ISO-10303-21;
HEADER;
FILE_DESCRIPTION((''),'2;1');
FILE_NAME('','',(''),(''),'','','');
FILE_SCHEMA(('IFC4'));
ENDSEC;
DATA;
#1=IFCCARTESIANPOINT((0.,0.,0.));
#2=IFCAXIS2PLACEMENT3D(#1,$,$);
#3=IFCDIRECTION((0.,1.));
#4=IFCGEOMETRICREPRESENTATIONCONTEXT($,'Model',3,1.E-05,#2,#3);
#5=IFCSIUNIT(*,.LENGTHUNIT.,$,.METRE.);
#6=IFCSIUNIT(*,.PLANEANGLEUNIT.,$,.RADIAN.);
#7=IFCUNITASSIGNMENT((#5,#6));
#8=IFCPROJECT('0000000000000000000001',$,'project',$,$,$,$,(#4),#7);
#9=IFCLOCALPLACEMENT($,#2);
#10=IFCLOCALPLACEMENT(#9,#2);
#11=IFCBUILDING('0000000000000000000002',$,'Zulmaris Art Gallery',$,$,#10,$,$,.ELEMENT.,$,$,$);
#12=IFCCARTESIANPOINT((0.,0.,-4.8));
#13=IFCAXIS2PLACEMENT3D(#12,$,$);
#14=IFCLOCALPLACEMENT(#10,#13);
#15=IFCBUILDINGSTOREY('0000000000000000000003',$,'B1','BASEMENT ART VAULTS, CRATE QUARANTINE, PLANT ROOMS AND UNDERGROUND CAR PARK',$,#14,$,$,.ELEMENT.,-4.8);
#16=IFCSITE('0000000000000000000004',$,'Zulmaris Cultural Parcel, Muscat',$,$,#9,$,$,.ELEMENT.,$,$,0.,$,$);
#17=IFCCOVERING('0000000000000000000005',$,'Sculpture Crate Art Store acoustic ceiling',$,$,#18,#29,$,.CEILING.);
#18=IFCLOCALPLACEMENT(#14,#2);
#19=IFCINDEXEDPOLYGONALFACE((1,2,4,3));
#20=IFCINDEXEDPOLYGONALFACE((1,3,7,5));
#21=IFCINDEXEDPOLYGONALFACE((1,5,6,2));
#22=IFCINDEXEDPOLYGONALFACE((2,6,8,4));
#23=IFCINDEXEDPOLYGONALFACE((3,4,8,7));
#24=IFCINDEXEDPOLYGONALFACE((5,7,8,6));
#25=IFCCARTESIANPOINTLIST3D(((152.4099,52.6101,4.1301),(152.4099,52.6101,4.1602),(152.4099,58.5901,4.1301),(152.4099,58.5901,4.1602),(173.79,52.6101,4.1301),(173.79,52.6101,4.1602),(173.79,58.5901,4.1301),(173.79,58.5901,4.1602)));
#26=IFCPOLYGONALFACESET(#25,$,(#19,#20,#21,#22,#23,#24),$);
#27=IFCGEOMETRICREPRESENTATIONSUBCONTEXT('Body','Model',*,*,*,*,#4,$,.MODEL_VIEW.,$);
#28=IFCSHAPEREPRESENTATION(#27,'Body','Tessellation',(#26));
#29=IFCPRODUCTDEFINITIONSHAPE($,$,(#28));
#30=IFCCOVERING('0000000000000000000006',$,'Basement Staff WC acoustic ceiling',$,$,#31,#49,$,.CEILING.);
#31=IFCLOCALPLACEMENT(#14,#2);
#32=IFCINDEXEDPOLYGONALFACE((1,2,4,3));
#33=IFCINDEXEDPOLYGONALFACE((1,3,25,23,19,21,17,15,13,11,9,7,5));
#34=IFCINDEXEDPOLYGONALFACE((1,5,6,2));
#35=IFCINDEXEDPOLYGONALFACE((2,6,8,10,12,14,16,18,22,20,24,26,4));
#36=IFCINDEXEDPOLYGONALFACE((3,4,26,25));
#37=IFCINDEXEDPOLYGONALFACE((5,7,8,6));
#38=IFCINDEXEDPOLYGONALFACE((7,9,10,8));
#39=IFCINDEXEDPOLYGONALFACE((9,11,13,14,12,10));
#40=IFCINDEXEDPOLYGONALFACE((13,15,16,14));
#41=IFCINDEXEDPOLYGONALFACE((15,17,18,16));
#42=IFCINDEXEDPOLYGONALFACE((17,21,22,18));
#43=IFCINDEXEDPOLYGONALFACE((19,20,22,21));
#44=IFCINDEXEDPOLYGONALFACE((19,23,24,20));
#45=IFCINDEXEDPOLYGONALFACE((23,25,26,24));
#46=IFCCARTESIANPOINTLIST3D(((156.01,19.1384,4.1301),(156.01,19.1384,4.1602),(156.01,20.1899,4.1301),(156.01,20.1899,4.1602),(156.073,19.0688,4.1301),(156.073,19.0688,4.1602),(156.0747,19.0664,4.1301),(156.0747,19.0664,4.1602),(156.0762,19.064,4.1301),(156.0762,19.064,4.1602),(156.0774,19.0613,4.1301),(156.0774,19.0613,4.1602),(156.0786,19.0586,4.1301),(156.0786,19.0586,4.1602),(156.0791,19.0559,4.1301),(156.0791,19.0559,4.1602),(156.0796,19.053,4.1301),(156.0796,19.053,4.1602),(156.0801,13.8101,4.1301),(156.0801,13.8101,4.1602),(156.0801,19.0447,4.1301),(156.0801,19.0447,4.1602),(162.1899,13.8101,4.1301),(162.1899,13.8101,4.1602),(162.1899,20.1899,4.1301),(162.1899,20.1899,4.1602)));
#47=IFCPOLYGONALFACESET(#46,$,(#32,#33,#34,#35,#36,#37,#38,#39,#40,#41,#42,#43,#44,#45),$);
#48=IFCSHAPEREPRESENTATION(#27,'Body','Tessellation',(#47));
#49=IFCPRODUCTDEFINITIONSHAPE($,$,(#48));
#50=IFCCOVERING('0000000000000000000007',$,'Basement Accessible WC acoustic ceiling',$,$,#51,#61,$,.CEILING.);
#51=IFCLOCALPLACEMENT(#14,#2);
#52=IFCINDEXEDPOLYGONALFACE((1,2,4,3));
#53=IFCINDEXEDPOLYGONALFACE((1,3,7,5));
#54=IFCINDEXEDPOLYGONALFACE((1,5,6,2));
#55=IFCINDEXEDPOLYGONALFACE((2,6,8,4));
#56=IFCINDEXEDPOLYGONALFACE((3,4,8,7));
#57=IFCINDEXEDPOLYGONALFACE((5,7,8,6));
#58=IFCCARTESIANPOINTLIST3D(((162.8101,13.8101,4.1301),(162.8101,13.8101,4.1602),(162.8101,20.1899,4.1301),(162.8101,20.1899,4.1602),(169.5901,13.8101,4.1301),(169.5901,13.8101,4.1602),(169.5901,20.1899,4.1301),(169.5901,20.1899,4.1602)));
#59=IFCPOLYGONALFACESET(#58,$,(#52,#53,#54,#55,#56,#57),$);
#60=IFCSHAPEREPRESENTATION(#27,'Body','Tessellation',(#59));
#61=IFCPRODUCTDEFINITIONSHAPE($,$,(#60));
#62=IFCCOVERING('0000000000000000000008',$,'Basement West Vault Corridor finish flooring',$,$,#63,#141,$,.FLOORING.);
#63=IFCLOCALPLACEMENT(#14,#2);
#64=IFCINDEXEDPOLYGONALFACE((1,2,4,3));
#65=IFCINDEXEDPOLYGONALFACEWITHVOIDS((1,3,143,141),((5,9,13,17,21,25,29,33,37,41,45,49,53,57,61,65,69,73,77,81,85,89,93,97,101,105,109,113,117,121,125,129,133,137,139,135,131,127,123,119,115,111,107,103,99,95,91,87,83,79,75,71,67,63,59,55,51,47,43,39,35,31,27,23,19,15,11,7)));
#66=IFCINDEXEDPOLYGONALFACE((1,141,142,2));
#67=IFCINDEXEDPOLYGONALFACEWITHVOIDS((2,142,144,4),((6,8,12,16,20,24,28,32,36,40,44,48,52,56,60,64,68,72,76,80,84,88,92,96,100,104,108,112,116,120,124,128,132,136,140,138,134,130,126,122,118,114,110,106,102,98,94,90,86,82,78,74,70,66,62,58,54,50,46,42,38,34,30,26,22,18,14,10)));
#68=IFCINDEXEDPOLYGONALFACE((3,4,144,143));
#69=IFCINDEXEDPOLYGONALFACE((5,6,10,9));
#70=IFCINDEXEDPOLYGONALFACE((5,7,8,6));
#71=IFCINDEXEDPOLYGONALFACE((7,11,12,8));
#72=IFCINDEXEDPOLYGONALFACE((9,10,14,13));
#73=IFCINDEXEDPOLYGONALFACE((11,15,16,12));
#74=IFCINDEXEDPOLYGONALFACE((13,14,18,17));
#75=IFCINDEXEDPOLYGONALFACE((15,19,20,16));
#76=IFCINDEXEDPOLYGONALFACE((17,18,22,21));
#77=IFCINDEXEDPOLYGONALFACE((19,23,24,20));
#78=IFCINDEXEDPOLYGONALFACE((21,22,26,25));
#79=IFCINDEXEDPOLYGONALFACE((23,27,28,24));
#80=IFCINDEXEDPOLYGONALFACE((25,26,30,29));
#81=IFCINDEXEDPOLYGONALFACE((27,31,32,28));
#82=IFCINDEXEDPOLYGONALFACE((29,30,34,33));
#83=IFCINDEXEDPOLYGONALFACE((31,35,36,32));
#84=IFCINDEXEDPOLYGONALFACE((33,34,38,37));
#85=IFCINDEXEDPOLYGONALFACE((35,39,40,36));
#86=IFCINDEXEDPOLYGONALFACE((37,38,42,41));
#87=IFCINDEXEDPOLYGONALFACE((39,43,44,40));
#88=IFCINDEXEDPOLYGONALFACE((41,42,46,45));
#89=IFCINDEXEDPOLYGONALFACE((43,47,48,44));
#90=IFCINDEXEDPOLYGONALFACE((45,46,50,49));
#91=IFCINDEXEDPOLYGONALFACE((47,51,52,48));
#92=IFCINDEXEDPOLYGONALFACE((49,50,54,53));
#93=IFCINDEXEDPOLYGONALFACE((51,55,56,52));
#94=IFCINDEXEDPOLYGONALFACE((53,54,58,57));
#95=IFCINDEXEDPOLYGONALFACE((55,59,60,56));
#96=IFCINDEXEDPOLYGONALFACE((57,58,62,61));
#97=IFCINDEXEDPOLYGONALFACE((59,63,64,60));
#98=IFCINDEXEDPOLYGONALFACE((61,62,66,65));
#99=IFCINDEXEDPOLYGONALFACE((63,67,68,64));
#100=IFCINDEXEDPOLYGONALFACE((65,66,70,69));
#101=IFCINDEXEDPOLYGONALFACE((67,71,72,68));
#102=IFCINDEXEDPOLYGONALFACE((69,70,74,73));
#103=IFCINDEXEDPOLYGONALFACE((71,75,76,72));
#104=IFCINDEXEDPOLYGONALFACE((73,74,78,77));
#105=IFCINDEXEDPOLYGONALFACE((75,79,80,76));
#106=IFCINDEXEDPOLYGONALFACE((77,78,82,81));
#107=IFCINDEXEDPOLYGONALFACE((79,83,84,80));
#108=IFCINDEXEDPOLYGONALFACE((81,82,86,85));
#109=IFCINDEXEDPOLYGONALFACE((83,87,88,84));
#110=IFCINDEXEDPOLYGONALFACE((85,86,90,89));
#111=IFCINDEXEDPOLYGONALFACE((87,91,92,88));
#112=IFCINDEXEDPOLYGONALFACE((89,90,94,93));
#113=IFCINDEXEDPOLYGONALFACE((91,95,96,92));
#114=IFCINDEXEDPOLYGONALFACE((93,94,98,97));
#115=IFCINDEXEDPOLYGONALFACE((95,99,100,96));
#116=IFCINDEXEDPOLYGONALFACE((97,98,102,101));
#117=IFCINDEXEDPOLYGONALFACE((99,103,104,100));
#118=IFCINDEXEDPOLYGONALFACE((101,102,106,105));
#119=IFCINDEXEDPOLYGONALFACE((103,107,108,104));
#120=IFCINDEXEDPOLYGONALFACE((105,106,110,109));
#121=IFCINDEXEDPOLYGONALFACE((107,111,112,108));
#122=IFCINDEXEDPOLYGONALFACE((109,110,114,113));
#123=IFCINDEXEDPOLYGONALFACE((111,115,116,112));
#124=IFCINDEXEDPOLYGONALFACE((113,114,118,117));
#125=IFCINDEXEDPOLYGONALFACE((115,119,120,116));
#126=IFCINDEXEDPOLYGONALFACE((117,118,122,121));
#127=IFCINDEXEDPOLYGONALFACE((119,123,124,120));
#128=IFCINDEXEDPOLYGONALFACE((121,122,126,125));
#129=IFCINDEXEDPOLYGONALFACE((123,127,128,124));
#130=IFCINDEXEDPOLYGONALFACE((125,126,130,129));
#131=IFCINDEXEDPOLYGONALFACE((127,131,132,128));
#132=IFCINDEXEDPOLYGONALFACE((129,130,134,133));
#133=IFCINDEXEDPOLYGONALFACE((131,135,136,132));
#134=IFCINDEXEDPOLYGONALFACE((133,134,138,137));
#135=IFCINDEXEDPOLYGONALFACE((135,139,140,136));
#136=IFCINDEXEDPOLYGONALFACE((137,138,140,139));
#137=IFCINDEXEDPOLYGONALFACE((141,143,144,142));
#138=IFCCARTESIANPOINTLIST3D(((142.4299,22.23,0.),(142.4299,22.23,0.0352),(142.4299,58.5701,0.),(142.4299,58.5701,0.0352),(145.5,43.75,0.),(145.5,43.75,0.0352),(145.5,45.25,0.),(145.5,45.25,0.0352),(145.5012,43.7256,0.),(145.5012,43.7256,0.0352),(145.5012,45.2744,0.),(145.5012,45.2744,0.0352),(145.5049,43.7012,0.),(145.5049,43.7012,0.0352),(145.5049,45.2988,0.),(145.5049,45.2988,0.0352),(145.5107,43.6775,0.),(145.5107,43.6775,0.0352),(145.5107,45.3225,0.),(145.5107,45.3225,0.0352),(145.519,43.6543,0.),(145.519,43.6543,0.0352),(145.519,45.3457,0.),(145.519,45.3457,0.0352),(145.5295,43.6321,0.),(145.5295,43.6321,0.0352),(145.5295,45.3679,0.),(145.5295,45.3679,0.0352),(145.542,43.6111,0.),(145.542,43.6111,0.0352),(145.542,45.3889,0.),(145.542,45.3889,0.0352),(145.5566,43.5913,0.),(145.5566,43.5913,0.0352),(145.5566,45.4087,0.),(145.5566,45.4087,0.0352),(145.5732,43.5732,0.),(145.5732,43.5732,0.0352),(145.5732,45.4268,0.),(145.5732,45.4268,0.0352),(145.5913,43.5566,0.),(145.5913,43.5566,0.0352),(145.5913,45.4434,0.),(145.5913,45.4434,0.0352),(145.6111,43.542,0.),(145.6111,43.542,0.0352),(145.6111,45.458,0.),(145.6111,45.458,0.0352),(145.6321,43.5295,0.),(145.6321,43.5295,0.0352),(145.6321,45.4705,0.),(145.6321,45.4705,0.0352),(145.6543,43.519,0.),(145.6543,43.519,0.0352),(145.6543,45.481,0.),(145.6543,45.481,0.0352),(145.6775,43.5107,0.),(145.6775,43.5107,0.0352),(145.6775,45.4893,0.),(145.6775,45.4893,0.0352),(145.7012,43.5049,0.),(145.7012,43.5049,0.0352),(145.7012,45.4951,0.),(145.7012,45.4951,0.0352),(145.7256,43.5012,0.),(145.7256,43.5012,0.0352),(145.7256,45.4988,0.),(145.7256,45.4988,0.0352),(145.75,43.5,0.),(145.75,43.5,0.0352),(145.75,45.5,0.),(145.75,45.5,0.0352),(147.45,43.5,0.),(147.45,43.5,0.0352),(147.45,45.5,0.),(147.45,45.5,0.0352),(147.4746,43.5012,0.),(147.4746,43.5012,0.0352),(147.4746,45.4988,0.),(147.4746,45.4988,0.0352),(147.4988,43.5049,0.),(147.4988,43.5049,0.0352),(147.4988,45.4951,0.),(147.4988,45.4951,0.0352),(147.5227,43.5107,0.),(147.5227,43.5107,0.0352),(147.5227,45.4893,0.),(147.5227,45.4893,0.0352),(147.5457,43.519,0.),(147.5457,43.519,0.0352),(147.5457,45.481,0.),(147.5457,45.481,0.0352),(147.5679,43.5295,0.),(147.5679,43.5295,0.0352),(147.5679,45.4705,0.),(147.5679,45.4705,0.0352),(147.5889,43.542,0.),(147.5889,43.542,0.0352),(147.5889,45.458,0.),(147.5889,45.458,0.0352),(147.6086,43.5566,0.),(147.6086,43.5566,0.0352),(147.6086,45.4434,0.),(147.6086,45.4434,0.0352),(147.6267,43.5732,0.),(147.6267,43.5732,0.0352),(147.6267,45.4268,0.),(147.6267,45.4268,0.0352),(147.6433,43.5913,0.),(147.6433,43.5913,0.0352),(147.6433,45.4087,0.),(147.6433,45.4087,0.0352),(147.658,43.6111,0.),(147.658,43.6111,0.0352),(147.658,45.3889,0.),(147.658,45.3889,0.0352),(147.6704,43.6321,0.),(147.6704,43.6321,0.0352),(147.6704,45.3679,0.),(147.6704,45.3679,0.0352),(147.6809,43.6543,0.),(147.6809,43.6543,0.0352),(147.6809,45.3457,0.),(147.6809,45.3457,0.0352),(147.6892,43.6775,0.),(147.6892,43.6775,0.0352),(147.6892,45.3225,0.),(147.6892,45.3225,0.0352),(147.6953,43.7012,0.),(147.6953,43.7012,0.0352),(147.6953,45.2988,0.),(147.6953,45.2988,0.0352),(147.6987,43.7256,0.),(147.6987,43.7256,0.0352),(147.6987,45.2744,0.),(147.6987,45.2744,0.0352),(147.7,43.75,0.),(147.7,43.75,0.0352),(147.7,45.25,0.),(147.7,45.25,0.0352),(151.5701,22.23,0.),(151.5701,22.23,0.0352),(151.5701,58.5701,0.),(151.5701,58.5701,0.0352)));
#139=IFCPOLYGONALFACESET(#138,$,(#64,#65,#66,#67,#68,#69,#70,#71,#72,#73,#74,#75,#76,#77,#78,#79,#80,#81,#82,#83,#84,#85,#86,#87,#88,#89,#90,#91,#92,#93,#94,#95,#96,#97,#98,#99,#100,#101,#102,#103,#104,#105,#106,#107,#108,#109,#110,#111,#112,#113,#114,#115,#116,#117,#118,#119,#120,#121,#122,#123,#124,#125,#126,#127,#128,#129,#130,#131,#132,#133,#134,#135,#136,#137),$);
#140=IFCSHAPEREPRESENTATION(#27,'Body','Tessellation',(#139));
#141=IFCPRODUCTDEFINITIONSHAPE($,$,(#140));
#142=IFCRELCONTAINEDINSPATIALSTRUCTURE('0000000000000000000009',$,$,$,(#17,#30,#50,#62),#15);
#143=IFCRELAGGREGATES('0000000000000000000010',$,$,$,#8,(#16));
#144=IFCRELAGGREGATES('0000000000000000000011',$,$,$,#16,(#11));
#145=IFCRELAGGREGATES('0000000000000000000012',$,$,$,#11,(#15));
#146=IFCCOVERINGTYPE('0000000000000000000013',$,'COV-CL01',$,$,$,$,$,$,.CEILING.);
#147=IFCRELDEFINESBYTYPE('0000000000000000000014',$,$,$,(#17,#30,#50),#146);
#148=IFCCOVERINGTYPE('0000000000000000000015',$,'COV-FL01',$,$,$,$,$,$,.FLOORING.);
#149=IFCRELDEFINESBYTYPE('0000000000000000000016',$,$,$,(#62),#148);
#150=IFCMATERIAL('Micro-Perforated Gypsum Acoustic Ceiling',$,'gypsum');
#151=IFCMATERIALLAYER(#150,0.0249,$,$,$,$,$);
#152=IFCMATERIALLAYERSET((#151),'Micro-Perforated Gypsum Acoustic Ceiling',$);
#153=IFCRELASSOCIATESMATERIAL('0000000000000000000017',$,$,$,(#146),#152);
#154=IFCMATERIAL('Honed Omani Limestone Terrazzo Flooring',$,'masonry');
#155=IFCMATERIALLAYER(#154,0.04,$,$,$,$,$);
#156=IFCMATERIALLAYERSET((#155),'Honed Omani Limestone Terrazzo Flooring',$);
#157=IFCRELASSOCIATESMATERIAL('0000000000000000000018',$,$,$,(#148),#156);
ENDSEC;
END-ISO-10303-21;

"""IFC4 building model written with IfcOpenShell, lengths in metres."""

from ifc_helpers import new_model, si_unit, direction, frame, origin, place, context, subcontext, project, spatial, polyline, outline, extrude, material, layer, layer_set, type_object, element, save


model = new_model("IFC4")

# Units and contexts
model_context = context("Model", 3, precision=1e-05, world=origin(), true_north=direction((0.0, 1.0)))
body_context = subcontext(model_context, "Body", "Model", "MODEL_VIEW")
ifc_project = project(units=[si_unit("LENGTHUNIT", "METRE"), si_unit("PLANEANGLEUNIT", "RADIAN")], contexts=[model_context])

# Site, building, storey
site_placement = place(None, origin())
site = spatial("IfcSite", under=ifc_project, at=site_placement, Name="Zulmaris Cultural Parcel, Muscat", CompositionType="ELEMENT", RefElevation=0.0)
building_placement = place(site_placement, origin())
building = spatial("IfcBuilding", under=site, at=building_placement, Name="Zulmaris Art Gallery", CompositionType="ELEMENT")
storey_placement = place(building_placement, frame((0.0, 0.0, -4.8)))
storey = spatial("IfcBuildingStorey", under=building, at=storey_placement, Name="B1", Description="BASEMENT ART VAULTS, CRATE QUARANTINE, PLANT ROOMS AND UNDERGROUND CAR PARK", CompositionType="ELEMENT", Elevation=-4.8)

# Coverings
ifc_material_1 = material(Name="Micro-Perforated Gypsum Acoustic Ceiling", Category="gypsum")
ifc_layer_1 = layer(ifc_material_1, 0.0249)
ifc_layer_set_1 = layer_set([ifc_layer_1], Name="Micro-Perforated Gypsum Acoustic Ceiling")
covering_type_1 = type_object("IfcCoveringType", Name="COV-CL01", PredefinedType="CEILING", material=ifc_layer_set_1)
covering_1_placement = place(storey_placement, frame((0.0, 0.0, 4.1301)))
element("IfcCovering", 1, at=covering_1_placement, inside=storey, type_object=covering_type_1, Name="Sculpture Crate Art Store acoustic ceiling", PredefinedType="CEILING", context=body_context, shape_type="SweptSolid", body=[
    extrude(outline(polyline([(152.4099, 58.5901), (173.79, 58.5901), (173.79, 52.6101), (152.4099, 52.6101), (152.4099, 58.5901)])), origin(), (0.0, 0.0, 1.0), 0.03),
])
covering_2_placement = place(storey_placement, frame((0.0, 0.0, 4.1301)))
element("IfcCovering", 2, at=covering_2_placement, inside=storey, type_object=covering_type_1, Name="Basement Staff WC acoustic ceiling", PredefinedType="CEILING", context=body_context, shape_type="SweptSolid", body=[
    extrude(outline(polyline([(162.1899, 13.8101), (156.0801, 13.8101), (156.0801, 19.0447), (156.0796, 19.053), (156.0791, 19.0559), (156.0786, 19.0586), (156.0774, 19.0613), (156.0762, 19.064), (156.0747, 19.0664), (156.073, 19.0688), (156.01, 19.1384), (156.01, 20.1899), (162.1899, 20.1899), (162.1899, 13.8101)])), origin(), (0.0, 0.0, 1.0), 0.03),
])
covering_3_placement = place(storey_placement, frame((0.0, 0.0, 4.1301)))
element("IfcCovering", 3, at=covering_3_placement, inside=storey, type_object=covering_type_1, Name="Basement Accessible WC acoustic ceiling", PredefinedType="CEILING", context=body_context, shape_type="SweptSolid", body=[
    extrude(outline(polyline([(162.8101, 20.1899), (169.5901, 20.1899), (169.5901, 13.8101), (162.8101, 13.8101), (162.8101, 20.1899)])), origin(), (0.0, 0.0, 1.0), 0.03),
])
ifc_material_2 = material(Name="Honed Omani Limestone Terrazzo Flooring", Category="masonry")
ifc_layer_2 = layer(ifc_material_2, 0.04)
ifc_layer_set_2 = layer_set([ifc_layer_2], Name="Honed Omani Limestone Terrazzo Flooring")
covering_type_2 = type_object("IfcCoveringType", Name="COV-FL01", PredefinedType="FLOORING", material=ifc_layer_set_2)
covering_4_placement = place(storey_placement, origin())
element("IfcCovering", 4, at=covering_4_placement, inside=storey, type_object=covering_type_2, Name="Basement West Vault Corridor finish flooring", PredefinedType="FLOORING", context=body_context, shape_type="SweptSolid", body=[
    extrude(outline(polyline([(151.5701, 22.23), (142.4299, 22.23), (142.4299, 58.5701), (151.5701, 58.5701), (151.5701, 22.23)]), holes=[polyline([(145.7256, 45.4988), (145.7012, 45.4951), (145.6775, 45.4893), (145.6543, 45.481), (145.6321, 45.4705), (145.6111, 45.458), (145.5913, 45.4434), (145.5732, 45.4268), (145.5566, 45.4087), (145.542, 45.3889), (145.5295, 45.3679), (145.519, 45.3457), (145.5107, 45.3225), (145.5049, 45.2988), (145.5012, 45.2744), (145.5, 45.25), (145.5, 43.75), (145.5012, 43.7256), (145.5049, 43.7012), (145.5107, 43.6775), (145.519, 43.6543), (145.5295, 43.6321), (145.542, 43.6111), (145.5566, 43.5913), (145.5732, 43.5732), (145.5913, 43.5566), (145.6111, 43.542), (145.6321, 43.5295), (145.6543, 43.519), (145.6775, 43.5107), (145.7012, 43.5049), (145.7256, 43.5012), (145.75, 43.5), (147.45, 43.5), (147.4746, 43.5012), (147.4988, 43.5049), (147.5227, 43.5107), (147.5457, 43.519), (147.5679, 43.5295), (147.5889, 43.542), (147.6086, 43.5566), (147.6267, 43.5732), (147.6433, 43.5913), (147.658, 43.6111), (147.6704, 43.6321), (147.6809, 43.6543), (147.6892, 43.6775), (147.6953, 43.7012), (147.6987, 43.7256), (147.7, 43.75), (147.7, 45.25), (147.6987, 45.2744), (147.6953, 45.2988), (147.6892, 45.3225), (147.6809, 45.3457), (147.6704, 45.3679), (147.658, 45.3889), (147.6433, 45.4087), (147.6267, 45.4268), (147.6086, 45.4434), (147.5889, 45.458), (147.5679, 45.4705), (147.5457, 45.481), (147.5227, 45.4893), (147.4988, 45.4951), (147.4746, 45.4988), (147.45, 45.5), (145.75, 45.5), (145.7256, 45.4988)])]), origin(), (0.0, 0.0, 1.0), 0.0352),
])

save(model, "model.ifc")
